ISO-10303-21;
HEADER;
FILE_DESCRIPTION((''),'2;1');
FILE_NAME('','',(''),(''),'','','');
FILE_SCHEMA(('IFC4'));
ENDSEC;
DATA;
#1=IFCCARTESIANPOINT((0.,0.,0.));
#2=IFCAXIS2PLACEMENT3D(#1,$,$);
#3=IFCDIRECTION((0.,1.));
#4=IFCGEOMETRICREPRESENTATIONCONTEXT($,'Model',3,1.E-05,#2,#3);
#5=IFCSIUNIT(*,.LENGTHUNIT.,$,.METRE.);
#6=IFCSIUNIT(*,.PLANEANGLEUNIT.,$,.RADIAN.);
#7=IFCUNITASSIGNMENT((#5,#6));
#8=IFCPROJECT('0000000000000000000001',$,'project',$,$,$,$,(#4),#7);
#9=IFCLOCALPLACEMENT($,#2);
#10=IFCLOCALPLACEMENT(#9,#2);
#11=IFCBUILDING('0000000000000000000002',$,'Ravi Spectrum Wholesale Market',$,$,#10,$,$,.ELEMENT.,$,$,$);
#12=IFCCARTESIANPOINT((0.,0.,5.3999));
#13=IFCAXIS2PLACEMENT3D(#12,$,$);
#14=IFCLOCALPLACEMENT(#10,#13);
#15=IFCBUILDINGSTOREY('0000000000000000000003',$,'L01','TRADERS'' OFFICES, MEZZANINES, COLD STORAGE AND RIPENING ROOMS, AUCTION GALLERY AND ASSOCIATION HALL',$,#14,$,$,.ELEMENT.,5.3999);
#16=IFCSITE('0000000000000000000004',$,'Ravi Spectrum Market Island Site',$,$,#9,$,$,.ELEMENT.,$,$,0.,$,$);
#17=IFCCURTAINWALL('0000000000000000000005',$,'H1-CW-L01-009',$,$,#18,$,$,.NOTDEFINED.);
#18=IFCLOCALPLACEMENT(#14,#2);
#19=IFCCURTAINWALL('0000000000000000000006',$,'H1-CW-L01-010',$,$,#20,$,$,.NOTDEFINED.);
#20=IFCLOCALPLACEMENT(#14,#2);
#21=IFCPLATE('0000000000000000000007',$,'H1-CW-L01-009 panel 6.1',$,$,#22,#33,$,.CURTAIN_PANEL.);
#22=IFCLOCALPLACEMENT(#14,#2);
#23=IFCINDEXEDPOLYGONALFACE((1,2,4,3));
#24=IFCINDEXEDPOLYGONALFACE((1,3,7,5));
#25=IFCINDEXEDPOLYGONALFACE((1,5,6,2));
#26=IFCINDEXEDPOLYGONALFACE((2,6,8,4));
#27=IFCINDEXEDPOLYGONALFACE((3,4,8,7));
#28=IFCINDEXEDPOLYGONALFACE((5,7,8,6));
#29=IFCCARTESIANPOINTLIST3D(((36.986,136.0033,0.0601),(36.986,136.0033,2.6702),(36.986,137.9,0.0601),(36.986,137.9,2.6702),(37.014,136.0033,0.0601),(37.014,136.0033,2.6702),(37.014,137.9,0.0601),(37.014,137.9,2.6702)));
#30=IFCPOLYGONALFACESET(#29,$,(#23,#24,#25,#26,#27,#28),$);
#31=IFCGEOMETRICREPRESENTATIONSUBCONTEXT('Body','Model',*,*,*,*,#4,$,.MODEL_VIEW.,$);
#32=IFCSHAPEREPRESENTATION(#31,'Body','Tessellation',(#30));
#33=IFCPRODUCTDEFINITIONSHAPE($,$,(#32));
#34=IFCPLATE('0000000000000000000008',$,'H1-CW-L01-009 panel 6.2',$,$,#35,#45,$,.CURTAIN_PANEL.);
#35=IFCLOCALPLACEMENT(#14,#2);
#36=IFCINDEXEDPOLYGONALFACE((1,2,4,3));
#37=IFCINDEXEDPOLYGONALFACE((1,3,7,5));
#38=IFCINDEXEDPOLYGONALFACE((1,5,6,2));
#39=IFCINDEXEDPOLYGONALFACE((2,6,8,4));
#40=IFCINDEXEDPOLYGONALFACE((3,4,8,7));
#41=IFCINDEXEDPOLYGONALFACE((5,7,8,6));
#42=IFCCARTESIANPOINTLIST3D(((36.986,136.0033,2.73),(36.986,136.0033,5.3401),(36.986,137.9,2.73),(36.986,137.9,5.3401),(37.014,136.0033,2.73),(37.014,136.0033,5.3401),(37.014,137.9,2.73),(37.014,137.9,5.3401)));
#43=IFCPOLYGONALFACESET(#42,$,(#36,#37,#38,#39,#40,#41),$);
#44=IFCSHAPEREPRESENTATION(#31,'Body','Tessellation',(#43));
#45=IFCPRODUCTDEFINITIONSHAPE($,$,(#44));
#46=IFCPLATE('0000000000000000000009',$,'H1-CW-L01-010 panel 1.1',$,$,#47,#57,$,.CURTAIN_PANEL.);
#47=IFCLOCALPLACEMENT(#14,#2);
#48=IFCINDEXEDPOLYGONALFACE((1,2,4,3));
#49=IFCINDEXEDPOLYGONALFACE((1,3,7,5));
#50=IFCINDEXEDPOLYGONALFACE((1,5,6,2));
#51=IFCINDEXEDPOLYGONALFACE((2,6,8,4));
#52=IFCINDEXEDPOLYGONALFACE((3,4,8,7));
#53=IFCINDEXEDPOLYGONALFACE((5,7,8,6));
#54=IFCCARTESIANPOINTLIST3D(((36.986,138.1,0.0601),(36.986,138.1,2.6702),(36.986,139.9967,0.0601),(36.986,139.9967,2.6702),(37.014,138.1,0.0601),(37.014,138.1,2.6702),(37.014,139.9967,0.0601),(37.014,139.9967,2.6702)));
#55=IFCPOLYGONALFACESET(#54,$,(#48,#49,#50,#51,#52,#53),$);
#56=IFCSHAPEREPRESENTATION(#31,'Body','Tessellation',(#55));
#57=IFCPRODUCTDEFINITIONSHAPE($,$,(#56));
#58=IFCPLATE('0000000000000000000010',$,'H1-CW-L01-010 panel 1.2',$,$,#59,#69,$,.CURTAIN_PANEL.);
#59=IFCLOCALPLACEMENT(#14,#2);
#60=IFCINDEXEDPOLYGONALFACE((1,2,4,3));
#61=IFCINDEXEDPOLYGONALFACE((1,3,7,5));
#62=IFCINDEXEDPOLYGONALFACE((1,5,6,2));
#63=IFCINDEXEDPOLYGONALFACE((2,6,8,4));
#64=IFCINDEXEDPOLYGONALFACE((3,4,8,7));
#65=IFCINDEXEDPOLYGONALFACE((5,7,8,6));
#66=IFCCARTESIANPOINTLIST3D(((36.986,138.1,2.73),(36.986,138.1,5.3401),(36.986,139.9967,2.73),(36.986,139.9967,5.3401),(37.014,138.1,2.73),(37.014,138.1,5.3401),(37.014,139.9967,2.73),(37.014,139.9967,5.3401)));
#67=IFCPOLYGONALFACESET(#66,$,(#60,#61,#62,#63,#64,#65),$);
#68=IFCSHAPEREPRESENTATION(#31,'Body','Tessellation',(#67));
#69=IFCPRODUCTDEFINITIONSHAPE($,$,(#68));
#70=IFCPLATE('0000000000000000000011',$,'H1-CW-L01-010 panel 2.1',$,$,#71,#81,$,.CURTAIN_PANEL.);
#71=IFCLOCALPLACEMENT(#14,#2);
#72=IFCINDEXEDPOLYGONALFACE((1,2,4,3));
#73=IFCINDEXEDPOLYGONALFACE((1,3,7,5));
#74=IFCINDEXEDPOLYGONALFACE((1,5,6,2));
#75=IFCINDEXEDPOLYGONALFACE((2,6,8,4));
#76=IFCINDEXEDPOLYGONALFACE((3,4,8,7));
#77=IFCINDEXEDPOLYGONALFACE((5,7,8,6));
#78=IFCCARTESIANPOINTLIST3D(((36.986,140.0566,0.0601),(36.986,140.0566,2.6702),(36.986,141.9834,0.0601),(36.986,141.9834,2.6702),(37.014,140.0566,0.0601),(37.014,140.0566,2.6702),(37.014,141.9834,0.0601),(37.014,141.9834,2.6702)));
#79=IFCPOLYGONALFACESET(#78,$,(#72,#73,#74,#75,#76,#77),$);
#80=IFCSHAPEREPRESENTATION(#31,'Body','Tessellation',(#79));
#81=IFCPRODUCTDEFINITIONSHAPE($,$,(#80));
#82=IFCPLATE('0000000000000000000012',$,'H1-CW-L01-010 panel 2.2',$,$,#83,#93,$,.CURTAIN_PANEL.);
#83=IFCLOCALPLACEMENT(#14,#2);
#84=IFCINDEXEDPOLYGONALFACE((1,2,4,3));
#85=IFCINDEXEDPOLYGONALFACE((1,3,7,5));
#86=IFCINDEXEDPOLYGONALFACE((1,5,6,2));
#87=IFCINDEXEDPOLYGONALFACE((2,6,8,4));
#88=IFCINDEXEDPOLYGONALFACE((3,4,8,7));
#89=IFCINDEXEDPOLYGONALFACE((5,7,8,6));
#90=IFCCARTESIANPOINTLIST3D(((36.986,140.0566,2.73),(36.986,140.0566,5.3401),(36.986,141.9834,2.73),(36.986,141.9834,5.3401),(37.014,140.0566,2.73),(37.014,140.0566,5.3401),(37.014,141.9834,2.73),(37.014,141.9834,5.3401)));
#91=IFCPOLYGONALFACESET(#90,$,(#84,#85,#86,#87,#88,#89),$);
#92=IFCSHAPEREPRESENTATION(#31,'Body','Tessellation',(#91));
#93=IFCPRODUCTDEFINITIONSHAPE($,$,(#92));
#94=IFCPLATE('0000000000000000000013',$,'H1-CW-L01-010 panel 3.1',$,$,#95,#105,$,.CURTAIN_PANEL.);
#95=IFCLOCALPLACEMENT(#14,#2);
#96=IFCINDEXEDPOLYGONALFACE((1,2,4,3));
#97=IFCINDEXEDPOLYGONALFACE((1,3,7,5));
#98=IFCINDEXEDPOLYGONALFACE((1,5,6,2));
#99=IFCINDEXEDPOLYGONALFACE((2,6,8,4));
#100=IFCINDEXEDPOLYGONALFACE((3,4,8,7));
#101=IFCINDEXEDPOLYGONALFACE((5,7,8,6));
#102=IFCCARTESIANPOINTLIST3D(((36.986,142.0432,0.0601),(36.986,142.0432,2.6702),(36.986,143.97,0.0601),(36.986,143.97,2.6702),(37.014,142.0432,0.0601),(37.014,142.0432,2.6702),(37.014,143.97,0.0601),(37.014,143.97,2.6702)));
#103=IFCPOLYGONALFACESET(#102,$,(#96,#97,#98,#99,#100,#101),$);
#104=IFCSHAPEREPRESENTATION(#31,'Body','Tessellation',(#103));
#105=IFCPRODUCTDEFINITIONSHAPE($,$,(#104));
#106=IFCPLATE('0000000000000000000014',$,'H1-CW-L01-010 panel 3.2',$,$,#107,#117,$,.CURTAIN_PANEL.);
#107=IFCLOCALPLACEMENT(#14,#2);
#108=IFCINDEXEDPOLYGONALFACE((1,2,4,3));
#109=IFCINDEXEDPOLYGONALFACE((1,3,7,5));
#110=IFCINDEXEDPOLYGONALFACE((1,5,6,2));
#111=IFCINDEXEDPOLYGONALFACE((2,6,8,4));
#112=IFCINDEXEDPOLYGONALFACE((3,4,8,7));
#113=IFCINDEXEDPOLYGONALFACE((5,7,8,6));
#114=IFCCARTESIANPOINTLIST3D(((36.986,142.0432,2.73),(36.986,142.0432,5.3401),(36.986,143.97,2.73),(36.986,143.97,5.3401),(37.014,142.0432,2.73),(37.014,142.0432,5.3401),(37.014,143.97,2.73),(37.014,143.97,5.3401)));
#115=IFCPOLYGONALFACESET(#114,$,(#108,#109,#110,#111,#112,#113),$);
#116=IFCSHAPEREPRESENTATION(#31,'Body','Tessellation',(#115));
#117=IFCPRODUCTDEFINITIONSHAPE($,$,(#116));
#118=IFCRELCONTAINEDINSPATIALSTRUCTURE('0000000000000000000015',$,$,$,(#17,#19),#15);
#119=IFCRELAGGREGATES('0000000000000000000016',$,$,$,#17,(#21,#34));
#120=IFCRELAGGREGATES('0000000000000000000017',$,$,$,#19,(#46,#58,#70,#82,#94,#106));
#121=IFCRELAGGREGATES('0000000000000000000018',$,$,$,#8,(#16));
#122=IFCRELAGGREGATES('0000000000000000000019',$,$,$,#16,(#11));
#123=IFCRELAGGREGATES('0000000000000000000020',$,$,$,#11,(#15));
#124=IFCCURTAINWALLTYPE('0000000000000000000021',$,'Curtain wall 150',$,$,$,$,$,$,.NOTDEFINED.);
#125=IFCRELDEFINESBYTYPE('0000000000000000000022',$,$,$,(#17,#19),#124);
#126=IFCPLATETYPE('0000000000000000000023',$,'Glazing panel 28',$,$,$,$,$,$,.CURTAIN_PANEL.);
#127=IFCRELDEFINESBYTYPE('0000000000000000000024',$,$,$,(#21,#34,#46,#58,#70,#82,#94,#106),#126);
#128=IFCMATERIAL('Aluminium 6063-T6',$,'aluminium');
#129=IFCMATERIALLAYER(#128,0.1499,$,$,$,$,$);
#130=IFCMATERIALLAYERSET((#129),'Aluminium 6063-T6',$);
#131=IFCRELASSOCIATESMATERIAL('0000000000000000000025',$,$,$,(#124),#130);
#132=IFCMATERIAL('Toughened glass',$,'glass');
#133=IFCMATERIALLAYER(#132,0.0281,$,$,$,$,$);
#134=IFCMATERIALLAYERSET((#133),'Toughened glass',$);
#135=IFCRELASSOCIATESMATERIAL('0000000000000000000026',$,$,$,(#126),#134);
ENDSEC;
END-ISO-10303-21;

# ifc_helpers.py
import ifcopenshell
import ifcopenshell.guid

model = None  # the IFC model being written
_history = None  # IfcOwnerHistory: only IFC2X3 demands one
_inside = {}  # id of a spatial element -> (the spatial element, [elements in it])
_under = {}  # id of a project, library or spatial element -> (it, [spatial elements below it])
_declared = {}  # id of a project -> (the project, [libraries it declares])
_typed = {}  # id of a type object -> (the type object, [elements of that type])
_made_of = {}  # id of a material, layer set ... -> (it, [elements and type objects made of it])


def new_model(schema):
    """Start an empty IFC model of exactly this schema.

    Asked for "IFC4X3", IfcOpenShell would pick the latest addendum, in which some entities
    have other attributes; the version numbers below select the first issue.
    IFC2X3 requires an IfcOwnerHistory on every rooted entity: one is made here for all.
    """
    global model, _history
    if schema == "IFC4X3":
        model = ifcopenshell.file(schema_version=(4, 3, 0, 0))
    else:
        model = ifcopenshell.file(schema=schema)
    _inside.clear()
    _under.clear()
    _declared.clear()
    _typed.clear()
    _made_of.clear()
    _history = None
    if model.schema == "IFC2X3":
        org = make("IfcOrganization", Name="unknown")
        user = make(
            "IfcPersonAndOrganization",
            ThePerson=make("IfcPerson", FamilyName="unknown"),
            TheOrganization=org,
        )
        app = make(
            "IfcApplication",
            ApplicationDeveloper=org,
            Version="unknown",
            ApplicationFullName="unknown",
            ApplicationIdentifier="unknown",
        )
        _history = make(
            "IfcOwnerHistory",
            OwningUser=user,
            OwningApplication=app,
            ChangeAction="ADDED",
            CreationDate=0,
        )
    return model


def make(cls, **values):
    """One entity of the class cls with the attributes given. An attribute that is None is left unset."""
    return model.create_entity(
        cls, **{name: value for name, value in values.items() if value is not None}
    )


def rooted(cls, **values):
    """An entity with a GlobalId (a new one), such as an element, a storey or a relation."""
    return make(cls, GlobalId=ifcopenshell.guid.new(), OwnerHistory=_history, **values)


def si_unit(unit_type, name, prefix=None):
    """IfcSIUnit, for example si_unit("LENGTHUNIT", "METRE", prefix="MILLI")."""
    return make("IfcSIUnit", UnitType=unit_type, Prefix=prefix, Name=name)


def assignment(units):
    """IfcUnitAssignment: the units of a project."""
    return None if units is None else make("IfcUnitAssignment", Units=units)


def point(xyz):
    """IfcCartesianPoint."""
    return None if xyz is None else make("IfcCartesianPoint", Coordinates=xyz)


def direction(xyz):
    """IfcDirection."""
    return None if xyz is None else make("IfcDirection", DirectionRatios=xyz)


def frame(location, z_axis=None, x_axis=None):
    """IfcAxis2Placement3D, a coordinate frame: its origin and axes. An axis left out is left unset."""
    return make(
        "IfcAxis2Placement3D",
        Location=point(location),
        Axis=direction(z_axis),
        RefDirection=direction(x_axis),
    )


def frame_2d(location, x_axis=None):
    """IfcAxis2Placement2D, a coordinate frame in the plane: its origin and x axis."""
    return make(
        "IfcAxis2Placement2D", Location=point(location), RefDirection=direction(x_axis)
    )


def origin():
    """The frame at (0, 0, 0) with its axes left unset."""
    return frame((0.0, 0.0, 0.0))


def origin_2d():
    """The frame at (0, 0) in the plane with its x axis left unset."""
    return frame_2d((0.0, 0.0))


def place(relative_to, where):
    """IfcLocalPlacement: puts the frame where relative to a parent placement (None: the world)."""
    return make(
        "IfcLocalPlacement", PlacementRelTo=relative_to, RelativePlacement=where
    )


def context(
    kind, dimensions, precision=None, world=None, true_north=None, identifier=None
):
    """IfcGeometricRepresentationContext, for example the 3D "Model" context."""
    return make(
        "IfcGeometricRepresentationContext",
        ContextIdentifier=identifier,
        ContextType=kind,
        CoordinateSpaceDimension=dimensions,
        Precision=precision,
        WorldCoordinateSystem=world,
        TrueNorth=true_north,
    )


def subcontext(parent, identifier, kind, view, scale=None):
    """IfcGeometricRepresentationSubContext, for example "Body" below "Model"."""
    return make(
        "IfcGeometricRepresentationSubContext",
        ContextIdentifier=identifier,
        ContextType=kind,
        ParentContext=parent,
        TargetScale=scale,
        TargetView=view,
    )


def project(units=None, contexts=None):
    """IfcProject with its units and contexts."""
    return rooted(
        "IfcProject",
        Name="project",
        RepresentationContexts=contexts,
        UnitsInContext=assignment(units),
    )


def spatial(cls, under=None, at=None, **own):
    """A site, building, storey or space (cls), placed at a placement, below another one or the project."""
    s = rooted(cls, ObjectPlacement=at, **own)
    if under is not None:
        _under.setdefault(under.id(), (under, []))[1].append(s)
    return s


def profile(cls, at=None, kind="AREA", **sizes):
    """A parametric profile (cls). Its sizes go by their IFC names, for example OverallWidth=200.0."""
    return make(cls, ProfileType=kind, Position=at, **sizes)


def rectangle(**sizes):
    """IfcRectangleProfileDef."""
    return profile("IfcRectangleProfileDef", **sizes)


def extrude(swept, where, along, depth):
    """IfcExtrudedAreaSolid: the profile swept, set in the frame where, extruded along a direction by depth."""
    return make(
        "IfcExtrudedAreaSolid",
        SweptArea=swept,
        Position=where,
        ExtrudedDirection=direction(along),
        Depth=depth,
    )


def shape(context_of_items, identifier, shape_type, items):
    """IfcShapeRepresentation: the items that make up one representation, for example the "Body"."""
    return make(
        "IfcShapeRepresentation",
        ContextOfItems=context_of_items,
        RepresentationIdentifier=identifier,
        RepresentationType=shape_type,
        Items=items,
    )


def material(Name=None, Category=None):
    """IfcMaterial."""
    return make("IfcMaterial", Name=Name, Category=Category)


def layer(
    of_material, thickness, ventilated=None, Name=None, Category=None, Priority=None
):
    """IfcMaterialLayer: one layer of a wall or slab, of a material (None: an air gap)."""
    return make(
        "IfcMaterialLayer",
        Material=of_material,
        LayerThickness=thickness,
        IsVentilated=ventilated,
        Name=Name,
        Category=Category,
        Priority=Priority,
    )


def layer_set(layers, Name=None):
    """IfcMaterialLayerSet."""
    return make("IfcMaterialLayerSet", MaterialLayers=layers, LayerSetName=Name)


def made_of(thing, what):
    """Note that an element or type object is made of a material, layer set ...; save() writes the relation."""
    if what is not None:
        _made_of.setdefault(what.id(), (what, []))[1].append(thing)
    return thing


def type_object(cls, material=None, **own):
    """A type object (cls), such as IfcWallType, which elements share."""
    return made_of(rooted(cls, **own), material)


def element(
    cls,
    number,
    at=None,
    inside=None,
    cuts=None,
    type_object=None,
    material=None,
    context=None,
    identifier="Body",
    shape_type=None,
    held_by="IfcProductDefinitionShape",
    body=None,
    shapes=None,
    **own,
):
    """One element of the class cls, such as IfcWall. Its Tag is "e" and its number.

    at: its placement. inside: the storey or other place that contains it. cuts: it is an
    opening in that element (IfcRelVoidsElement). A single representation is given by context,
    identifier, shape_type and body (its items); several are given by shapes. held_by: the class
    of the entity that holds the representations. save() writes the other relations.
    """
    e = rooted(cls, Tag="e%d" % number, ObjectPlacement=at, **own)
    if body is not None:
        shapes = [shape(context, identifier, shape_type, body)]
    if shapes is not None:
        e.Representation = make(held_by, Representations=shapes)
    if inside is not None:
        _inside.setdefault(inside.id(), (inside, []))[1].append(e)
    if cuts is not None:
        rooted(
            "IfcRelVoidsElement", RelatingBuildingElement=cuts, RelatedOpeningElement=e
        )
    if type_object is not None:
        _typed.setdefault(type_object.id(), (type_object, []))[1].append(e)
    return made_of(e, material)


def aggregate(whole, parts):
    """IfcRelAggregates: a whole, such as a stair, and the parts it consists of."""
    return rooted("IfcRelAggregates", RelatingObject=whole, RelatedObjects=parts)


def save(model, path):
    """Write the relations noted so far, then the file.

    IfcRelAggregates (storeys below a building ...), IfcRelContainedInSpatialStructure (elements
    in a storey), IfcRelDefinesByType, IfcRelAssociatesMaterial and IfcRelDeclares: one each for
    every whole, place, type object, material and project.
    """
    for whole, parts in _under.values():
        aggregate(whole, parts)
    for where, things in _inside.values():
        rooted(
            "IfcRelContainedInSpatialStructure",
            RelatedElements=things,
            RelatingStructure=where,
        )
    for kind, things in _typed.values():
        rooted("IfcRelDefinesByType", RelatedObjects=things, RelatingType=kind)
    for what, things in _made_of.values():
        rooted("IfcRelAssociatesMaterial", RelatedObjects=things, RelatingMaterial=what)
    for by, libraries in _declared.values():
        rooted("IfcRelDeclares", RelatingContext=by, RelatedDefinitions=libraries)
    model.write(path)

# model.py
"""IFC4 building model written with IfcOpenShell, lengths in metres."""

from ifc_helpers import new_model, si_unit, direction, frame, origin, origin_2d, place, context, subcontext, project, spatial, rectangle, extrude, material, layer, layer_set, type_object, element, aggregate, save


model = new_model("IFC4")

# Units and contexts
model_context = context("Model", 3, precision=1e-05, world=origin(), true_north=direction((0.0, 1.0)))
body_context = subcontext(model_context, "Body", "Model", "MODEL_VIEW")
ifc_project = project(units=[si_unit("LENGTHUNIT", "METRE"), si_unit("PLANEANGLEUNIT", "RADIAN")], contexts=[model_context])

# Site, building, storey
site_placement = place(None, origin())
site = spatial("IfcSite", under=ifc_project, at=site_placement, Name="Ravi Spectrum Market Island Site", CompositionType="ELEMENT", RefElevation=0.0)
building_placement = place(site_placement, origin())
building = spatial("IfcBuilding", under=site, at=building_placement, Name="Ravi Spectrum Wholesale Market", CompositionType="ELEMENT")
storey_placement = place(building_placement, frame((0.0, 0.0, 5.3999)))
storey = spatial("IfcBuildingStorey", under=building, at=storey_placement, Name="L01", Description="TRADERS' OFFICES, MEZZANINES, COLD STORAGE AND RIPENING ROOMS, AUCTION GALLERY AND ASSOCIATION HALL", CompositionType="ELEMENT", Elevation=5.3999)

# Curtain wall
ifc_material_1 = material(Name="Aluminium 6063-T6", Category="aluminium")
ifc_layer_1 = layer(ifc_material_1, 0.1499)
ifc_layer_set_1 = layer_set([ifc_layer_1], Name="Aluminium 6063-T6")
curtain_wall_type = type_object("IfcCurtainWallType", Name="Curtain wall 150", PredefinedType="NOTDEFINED", material=ifc_layer_set_1)
curtain_wall_1_placement = place(storey_placement, origin())
curtain_wall_1 = element("IfcCurtainWall", 1, at=curtain_wall_1_placement, inside=storey, type_object=curtain_wall_type, Name="H1-CW-L01-009", PredefinedType="NOTDEFINED")

# Curtain wall
curtain_wall_2_placement = place(storey_placement, origin())
curtain_wall_2 = element("IfcCurtainWall", 2, at=curtain_wall_2_placement, inside=storey, type_object=curtain_wall_type, Name="H1-CW-L01-010", PredefinedType="NOTDEFINED")

# Plates
ifc_material_2 = material(Name="Toughened glass", Category="glass")
ifc_layer_2 = layer(ifc_material_2, 0.0281)
ifc_layer_set_2 = layer_set([ifc_layer_2], Name="Toughened glass")
plate_type = type_object("IfcPlateType", Name="Glazing panel 28", PredefinedType="CURTAIN_PANEL", material=ifc_layer_set_2)
plate_1_placement = place(storey_placement, frame((37.0, 136.9517, 0.0601), z_axis=(0.0, 0.0, 1.0), x_axis=(0.0, 1.0, 0.0)))
plate_1 = element("IfcPlate", 3, at=plate_1_placement, type_object=plate_type, Name="H1-CW-L01-009 panel 6.1", PredefinedType="CURTAIN_PANEL", context=body_context, shape_type="SweptSolid", body=[
    extrude(rectangle(XDim=1.8967, YDim=0.0281, at=origin_2d()), origin(), (0.0, 0.0, 1.0), 2.6101),
])
plate_2_placement = place(storey_placement, frame((37.0, 136.9517, 2.73), z_axis=(0.0, 0.0, 1.0), x_axis=(0.0, 1.0, 0.0)))
plate_2 = element("IfcPlate", 4, at=plate_2_placement, type_object=plate_type, Name="H1-CW-L01-009 panel 6.2", PredefinedType="CURTAIN_PANEL", context=body_context, shape_type="SweptSolid", body=[
    extrude(rectangle(XDim=1.8967, YDim=0.0281, at=origin_2d()), origin(), (0.0, 0.0, 1.0), 2.6101),
])
aggregate(curtain_wall_1, [plate_1, plate_2])
plate_3_placement = place(storey_placement, frame((37.0, 139.0483, 0.0601), z_axis=(0.0, 0.0, 1.0), x_axis=(0.0, 1.0, 0.0)))
plate_3 = element("IfcPlate", 5, at=plate_3_placement, type_object=plate_type, Name="H1-CW-L01-010 panel 1.1", PredefinedType="CURTAIN_PANEL", context=body_context, shape_type="SweptSolid", body=[
    extrude(rectangle(XDim=1.8967, YDim=0.0281, at=origin_2d()), origin(), (0.0, 0.0, 1.0), 2.6101),
])
plate_4_placement = place(storey_placement, frame((37.0, 139.0483, 2.73), z_axis=(0.0, 0.0, 1.0), x_axis=(0.0, 1.0, 0.0)))
plate_4 = element("IfcPlate", 6, at=plate_4_placement, type_object=plate_type, Name="H1-CW-L01-010 panel 1.2", PredefinedType="CURTAIN_PANEL", context=body_context, shape_type="SweptSolid", body=[
    extrude(rectangle(XDim=1.8967, YDim=0.0281, at=origin_2d()), origin(), (0.0, 0.0, 1.0), 2.6101),
])
plate_5_placement = place(storey_placement, frame((37.0, 141.02, 0.0601), z_axis=(0.0, 0.0, 1.0), x_axis=(0.0, 1.0, 0.0)))
plate_5 = element("IfcPlate", 7, at=plate_5_placement, type_object=plate_type, Name="H1-CW-L01-010 panel 2.1", PredefinedType="CURTAIN_PANEL", context=body_context, shape_type="SweptSolid", body=[
    extrude(rectangle(XDim=1.9268, YDim=0.0281, at=origin_2d()), origin(), (0.0, 0.0, 1.0), 2.6101),
])
plate_6_placement = place(storey_placement, frame((37.0, 141.02, 2.73), z_axis=(0.0, 0.0, 1.0), x_axis=(0.0, 1.0, 0.0)))
plate_6 = element("IfcPlate", 8, at=plate_6_placement, type_object=plate_type, Name="H1-CW-L01-010 panel 2.2", PredefinedType="CURTAIN_PANEL", context=body_context, shape_type="SweptSolid", body=[
    extrude(rectangle(XDim=1.9268, YDim=0.0281, at=origin_2d()), origin(), (0.0, 0.0, 1.0), 2.6101),
])
plate_7_placement = place(storey_placement, frame((37.0, 143.0066, 0.0601), z_axis=(0.0, 0.0, 1.0), x_axis=(0.0, 1.0, 0.0)))
plate_7 = element("IfcPlate", 9, at=plate_7_placement, type_object=plate_type, Name="H1-CW-L01-010 panel 3.1", PredefinedType="CURTAIN_PANEL", context=body_context, shape_type="SweptSolid", body=[
    extrude(rectangle(XDim=1.9268, YDim=0.0281, at=origin_2d()), origin(), (0.0, 0.0, 1.0), 2.6101),
])
plate_8_placement = place(storey_placement, frame((37.0, 143.0066, 2.73), z_axis=(0.0, 0.0, 1.0), x_axis=(0.0, 1.0, 0.0)))
plate_8 = element("IfcPlate", 10, at=plate_8_placement, type_object=plate_type, Name="H1-CW-L01-010 panel 3.2", PredefinedType="CURTAIN_PANEL", context=body_context, shape_type="SweptSolid", body=[
    extrude(rectangle(XDim=1.9268, YDim=0.0281, at=origin_2d()), origin(), (0.0, 0.0, 1.0), 2.6101),
])
aggregate(curtain_wall_2, [plate_3, plate_4, plate_5, plate_6, plate_7, plate_8])

save(model, "model.ifc")
